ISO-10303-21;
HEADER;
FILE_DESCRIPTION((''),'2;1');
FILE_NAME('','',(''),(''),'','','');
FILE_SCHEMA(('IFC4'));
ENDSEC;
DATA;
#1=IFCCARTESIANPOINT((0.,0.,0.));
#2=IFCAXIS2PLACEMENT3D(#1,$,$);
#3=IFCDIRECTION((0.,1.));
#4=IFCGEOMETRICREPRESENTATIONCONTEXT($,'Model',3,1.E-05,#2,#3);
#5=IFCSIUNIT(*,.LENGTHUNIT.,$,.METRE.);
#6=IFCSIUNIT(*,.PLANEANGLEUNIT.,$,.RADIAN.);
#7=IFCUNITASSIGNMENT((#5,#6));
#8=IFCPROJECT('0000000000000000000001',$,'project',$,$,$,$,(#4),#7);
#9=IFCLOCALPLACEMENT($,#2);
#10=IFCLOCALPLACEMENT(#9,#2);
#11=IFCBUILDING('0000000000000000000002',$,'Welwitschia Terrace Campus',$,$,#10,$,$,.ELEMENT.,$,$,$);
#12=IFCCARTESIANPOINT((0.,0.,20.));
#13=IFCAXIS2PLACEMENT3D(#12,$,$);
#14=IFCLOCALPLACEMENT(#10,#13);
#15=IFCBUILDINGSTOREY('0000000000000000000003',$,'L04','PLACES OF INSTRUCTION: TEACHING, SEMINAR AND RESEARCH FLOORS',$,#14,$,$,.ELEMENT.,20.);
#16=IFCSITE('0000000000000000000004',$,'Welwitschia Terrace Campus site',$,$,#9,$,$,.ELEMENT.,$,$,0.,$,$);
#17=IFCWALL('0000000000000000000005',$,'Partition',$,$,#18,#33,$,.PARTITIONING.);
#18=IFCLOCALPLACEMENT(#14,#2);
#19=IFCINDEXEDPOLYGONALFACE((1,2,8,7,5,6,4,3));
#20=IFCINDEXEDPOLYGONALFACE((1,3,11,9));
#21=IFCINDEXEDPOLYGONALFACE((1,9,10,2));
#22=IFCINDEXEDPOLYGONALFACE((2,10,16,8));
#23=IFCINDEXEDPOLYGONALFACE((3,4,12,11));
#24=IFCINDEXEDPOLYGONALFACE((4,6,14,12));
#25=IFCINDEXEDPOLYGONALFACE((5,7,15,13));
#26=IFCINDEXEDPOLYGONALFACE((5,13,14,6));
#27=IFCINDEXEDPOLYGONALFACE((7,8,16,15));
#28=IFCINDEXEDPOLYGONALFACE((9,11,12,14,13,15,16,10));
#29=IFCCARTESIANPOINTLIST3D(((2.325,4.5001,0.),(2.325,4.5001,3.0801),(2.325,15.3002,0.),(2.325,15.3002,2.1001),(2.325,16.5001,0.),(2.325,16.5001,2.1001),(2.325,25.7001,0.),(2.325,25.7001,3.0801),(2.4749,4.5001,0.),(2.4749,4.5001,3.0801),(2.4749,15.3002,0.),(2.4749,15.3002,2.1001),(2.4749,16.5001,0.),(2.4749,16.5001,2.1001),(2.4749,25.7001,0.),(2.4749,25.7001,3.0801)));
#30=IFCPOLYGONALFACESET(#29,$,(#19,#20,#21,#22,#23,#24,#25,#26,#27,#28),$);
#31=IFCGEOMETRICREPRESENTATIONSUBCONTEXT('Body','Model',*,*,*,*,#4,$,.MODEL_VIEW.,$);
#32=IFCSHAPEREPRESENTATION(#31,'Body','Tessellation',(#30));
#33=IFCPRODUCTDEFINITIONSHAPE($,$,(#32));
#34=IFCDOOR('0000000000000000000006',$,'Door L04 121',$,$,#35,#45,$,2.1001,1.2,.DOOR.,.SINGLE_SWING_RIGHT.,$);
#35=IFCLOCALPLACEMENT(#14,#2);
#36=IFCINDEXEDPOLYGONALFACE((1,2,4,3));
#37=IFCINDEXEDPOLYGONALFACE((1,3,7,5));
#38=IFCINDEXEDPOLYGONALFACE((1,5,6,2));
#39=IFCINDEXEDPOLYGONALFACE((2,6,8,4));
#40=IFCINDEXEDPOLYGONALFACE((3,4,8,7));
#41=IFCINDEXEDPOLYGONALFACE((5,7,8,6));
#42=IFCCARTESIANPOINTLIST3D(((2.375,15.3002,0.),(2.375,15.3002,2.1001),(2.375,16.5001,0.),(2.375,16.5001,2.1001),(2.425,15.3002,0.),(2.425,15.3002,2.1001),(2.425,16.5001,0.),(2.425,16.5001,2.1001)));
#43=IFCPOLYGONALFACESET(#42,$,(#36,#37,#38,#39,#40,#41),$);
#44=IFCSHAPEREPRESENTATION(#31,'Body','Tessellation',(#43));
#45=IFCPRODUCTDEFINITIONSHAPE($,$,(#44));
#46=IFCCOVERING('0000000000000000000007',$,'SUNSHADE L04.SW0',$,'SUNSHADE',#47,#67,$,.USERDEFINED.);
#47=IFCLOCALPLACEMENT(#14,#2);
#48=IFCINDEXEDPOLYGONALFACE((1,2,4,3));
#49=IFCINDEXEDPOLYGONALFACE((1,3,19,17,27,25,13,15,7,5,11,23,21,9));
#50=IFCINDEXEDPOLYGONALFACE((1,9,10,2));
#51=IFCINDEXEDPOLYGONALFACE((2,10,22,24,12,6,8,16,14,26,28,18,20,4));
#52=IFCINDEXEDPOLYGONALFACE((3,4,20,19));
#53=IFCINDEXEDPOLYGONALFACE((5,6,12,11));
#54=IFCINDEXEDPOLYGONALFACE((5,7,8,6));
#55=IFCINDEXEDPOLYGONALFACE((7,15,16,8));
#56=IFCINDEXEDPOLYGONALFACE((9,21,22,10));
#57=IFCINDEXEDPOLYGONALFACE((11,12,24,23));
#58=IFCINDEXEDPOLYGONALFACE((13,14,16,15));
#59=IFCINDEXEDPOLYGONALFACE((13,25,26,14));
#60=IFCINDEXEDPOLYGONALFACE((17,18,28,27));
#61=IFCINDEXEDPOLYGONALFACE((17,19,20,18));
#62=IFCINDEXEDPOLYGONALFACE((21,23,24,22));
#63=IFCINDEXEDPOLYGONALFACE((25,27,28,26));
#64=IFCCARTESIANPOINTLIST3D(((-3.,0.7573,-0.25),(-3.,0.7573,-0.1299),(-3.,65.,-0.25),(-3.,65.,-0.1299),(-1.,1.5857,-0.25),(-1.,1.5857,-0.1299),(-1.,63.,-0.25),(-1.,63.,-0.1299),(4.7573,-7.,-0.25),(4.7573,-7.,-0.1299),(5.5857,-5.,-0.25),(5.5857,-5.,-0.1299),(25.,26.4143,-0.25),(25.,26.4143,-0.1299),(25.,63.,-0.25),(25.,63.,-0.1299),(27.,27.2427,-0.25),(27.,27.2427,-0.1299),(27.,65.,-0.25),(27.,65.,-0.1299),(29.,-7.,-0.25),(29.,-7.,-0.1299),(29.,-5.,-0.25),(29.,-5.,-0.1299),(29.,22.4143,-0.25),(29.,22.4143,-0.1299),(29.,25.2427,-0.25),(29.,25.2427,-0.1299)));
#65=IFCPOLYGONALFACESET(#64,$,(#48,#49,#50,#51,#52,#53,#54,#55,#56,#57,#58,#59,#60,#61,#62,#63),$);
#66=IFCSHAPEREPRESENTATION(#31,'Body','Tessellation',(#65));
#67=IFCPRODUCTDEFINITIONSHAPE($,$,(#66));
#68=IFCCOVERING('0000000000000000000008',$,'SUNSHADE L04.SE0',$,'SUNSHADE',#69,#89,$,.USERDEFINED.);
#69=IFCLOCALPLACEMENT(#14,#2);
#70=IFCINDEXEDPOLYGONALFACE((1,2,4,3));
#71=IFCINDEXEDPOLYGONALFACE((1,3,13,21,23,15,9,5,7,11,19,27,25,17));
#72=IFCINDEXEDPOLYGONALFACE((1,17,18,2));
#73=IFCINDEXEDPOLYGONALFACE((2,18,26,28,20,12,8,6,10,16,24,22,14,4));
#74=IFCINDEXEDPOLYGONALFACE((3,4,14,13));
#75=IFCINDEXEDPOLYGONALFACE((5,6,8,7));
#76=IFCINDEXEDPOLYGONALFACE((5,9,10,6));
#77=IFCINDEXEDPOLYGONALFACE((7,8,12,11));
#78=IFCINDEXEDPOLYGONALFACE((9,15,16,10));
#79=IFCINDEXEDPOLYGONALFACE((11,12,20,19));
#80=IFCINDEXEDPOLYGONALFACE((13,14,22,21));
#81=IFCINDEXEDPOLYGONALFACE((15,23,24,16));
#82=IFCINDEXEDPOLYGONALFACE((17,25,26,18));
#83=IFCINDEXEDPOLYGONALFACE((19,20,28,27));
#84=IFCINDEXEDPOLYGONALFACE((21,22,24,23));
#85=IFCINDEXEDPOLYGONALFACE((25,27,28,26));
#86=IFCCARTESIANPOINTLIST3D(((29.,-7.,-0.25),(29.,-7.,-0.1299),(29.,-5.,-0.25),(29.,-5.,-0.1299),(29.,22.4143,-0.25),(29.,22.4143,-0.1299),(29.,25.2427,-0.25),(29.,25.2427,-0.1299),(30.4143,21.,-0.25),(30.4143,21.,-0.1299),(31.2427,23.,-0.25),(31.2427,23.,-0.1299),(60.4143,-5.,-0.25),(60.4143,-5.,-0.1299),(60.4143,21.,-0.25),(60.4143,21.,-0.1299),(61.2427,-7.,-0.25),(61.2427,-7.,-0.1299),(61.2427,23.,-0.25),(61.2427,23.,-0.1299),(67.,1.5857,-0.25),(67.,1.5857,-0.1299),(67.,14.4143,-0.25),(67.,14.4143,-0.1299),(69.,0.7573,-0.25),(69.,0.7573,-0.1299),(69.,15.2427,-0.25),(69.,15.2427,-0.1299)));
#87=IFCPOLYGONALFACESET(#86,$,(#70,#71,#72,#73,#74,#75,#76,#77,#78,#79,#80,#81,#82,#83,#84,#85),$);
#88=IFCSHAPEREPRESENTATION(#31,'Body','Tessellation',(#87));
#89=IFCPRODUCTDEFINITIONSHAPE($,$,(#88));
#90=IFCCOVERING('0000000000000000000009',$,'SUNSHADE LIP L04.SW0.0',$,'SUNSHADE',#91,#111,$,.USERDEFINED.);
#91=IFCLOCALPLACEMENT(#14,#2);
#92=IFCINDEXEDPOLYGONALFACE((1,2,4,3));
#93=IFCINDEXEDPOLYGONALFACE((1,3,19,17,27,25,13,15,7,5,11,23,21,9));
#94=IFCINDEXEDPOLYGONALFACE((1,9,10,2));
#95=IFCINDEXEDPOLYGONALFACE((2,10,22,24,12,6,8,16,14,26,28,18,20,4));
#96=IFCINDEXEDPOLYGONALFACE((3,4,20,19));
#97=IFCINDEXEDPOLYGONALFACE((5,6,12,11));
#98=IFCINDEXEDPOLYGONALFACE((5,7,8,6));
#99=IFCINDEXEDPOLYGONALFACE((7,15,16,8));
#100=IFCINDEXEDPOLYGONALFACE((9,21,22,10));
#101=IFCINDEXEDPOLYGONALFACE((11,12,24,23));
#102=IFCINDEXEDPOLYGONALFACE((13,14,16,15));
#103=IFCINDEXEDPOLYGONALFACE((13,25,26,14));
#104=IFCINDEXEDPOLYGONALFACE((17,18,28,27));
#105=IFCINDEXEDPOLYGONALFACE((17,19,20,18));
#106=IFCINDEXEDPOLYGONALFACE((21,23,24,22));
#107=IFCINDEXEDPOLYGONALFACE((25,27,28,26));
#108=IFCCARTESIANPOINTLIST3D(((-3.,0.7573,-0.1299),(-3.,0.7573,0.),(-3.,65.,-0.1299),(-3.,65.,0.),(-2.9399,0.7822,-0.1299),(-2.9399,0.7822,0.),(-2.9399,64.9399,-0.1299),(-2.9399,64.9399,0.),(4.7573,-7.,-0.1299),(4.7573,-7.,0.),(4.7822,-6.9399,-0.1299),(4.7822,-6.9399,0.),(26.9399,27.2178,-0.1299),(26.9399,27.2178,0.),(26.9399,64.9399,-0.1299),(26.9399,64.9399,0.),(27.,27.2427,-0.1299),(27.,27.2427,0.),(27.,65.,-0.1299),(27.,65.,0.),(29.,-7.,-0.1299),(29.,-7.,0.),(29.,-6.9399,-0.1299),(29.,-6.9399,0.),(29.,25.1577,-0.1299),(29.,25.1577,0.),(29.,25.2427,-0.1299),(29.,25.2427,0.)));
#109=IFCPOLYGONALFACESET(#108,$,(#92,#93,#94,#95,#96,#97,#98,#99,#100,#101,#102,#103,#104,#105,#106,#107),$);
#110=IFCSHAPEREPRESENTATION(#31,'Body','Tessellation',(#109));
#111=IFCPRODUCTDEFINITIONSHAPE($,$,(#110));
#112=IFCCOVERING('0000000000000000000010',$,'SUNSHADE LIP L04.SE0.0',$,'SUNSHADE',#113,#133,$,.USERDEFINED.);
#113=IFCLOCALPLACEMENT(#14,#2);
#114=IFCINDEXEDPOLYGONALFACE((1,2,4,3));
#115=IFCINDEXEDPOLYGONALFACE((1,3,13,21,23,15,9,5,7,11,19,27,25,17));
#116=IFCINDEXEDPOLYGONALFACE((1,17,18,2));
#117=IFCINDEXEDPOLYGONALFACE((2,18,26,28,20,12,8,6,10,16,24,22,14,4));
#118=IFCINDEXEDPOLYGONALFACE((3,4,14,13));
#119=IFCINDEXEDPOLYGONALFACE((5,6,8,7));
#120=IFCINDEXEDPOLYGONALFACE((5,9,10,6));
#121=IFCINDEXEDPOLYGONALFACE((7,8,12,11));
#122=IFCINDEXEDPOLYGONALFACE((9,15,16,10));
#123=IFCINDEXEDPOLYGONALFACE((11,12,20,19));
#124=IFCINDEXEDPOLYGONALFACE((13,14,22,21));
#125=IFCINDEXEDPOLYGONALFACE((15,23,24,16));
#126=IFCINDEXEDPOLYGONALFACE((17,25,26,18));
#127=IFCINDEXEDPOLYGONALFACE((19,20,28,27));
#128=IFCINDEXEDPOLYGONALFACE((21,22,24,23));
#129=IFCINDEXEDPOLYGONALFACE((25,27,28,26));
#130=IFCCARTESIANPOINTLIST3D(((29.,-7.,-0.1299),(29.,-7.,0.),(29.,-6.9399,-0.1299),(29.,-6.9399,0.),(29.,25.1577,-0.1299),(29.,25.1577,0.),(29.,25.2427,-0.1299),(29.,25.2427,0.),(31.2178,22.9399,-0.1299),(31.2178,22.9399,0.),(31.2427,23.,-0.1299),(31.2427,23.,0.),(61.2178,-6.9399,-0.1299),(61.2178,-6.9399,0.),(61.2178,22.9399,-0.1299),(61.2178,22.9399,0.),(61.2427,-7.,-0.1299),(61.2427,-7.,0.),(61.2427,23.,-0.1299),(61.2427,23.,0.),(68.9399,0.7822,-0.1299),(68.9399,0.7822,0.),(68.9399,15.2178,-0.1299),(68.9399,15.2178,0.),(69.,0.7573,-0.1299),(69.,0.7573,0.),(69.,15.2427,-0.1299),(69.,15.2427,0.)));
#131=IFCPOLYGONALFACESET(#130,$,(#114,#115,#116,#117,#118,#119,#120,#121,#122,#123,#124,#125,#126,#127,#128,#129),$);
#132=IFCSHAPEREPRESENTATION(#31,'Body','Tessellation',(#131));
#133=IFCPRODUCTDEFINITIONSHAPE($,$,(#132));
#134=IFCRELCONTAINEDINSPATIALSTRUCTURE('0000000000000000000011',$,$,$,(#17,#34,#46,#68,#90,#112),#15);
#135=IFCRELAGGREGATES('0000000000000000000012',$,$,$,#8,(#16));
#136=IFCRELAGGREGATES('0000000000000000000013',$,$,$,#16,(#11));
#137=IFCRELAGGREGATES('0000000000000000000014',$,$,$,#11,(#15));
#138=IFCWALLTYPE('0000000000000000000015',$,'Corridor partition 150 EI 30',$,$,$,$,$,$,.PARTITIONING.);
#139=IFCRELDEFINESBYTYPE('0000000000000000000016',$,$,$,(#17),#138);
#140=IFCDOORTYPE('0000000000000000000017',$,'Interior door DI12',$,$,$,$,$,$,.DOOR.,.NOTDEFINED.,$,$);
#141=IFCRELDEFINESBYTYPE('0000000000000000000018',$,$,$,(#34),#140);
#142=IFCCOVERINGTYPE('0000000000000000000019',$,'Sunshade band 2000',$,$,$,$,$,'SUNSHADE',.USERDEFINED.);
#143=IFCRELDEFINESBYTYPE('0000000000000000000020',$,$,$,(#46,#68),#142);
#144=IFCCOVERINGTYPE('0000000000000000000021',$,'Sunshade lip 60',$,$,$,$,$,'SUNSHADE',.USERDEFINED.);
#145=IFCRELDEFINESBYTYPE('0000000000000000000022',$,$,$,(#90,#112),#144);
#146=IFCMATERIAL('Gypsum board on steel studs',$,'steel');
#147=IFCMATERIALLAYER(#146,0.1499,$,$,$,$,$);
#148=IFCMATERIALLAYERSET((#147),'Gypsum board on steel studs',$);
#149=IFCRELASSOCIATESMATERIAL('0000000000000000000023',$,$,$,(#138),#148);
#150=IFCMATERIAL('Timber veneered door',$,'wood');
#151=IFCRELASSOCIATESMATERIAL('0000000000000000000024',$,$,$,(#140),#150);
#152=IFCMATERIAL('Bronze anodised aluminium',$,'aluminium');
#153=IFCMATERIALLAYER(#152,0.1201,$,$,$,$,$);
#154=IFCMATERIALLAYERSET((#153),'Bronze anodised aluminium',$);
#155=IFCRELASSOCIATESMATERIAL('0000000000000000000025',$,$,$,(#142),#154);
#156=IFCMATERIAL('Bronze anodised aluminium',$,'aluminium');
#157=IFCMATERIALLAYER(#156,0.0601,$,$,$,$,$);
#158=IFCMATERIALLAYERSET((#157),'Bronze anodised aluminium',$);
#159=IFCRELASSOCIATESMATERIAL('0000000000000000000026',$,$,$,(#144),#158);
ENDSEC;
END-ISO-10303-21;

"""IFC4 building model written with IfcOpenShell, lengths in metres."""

from ifc_helpers import new_model, si_unit, direction, frame, frame_2d, origin, place, context, subcontext, project, spatial, polyline, rectangle, outline, extrude, material, layer, layer_set, type_object, element, fill, save


model = new_model("IFC4")

# Units and contexts
model_context = context("Model", 3, precision=1e-05, world=origin(), true_north=direction((0.0, 1.0)))
body_context = subcontext(model_context, "Body", "Model", "MODEL_VIEW")
ifc_project = project(units=[si_unit("LENGTHUNIT", "METRE"), si_unit("PLANEANGLEUNIT", "RADIAN")], contexts=[model_context])

# Site, building, storey
site_placement = place(None, origin())
site = spatial("IfcSite", under=ifc_project, at=site_placement, Name="Welwitschia Terrace Campus site", CompositionType="ELEMENT", RefElevation=0.0)
building_placement = place(site_placement, origin())
building = spatial("IfcBuilding", under=site, at=building_placement, Name="Welwitschia Terrace Campus", CompositionType="ELEMENT")
storey_placement = place(building_placement, frame((0.0, 0.0, 20.0)))
storey = spatial("IfcBuildingStorey", under=building, at=storey_placement, Name="L04", Description="PLACES OF INSTRUCTION: TEACHING, SEMINAR AND RESEARCH FLOORS", CompositionType="ELEMENT", Elevation=20.0)

# Shared definitions
ifc_material_1 = material(Name="Gypsum board on steel studs", Category="steel")
ifc_layer_1 = layer(ifc_material_1, 0.1499)
ifc_layer_set_1 = layer_set([ifc_layer_1], Name="Gypsum board on steel studs")
wall_type = type_object("IfcWallType", Name="Corridor partition 150 EI 30", PredefinedType="PARTITIONING", material=ifc_layer_set_1)

# Wall, opening, door
wall_1_placement = place(storey_placement, frame((2.3999, 4.5, 0.0), z_axis=(0.0, 0.0, 1.0), x_axis=(0.0, 1.0, 0.0)))
wall_1 = element("IfcWall", 1, at=wall_1_placement, inside=storey, type_object=wall_type, Name="Partition", PredefinedType="PARTITIONING", context=body_context, shape_type="SweptSolid", body=[
    extrude(rectangle(XDim=21.2, YDim=0.1499, at=frame_2d((10.6001, 0.0))), origin(), (0.0, 0.0, 1.0), 3.0801),
])
opening_placement = place(wall_1_placement, frame((10.8, 0.0, 0.0)))
opening = element("IfcOpeningElement", 2, at=opening_placement, cuts=wall_1, PredefinedType="OPENING", context=body_context, shape_type="SweptSolid", body=[
    extrude(rectangle(XDim=1.2, YDim=2.1001, at=frame_2d((0.6001, 1.05))), frame((0.0, 0.085, 0.0), z_axis=(0.0, -1.0, 0.0), x_axis=(1.0, 0.0, 0.0)), (0.0, 0.0, 1.0), 0.1699),
])
ifc_material_2 = material(Name="Timber veneered door", Category="wood")
door_type = type_object("IfcDoorType", Name="Interior door DI12", OperationType="NOTDEFINED", PredefinedType="DOOR", material=ifc_material_2)
door_placement = place(opening_placement, origin())
door = element("IfcDoor", 3, at=door_placement, inside=storey, type_object=door_type, Name="Door L04 121", OperationType="SINGLE_SWING_RIGHT", OverallHeight=2.1001, OverallWidth=1.2, PredefinedType="DOOR", context=body_context, shape_type="SweptSolid", body=[
    extrude(rectangle(XDim=1.2, YDim=2.1001, at=frame_2d((0.6001, 1.05))), frame((0.0, 0.0249, 0.0), z_axis=(0.0, -1.0, 0.0), x_axis=(1.0, 0.0, 0.0)), (0.0, 0.0, 1.0), 0.05),
])
fill(opening, door)

# Coverings
ifc_material_3 = material(Name="Bronze anodised aluminium", Category="aluminium")
ifc_layer_2 = layer(ifc_material_3, 0.1201)
ifc_layer_set_2 = layer_set([ifc_layer_2], Name="Bronze anodised aluminium")
covering_type_1 = type_object("IfcCoveringType", Name="Sunshade band 2000", ElementType="SUNSHADE", PredefinedType="USERDEFINED", material=ifc_layer_set_2)
covering_1_placement = place(storey_placement, frame((0.0, 0.0, -0.25)))
element("IfcCovering", 4, at=covering_1_placement, inside=storey, type_object=covering_type_1, Name="SUNSHADE L04.SW0", ObjectType="SUNSHADE", PredefinedType="USERDEFINED", context=body_context, shape_type="SweptSolid", body=[
    extrude(outline(polyline([(27.0, 65.0), (27.0, 27.2427), (29.0, 25.2427), (29.0, 22.4143), (25.0, 26.4143), (25.0, 63.0), (-1.0, 63.0), (-1.0, 1.5857), (5.5857, -5.0), (29.0, -5.0), (29.0, -7.0), (4.7573, -7.0), (-3.0, 0.7573), (-3.0, 65.0), (27.0, 65.0)])), origin(), (0.0, 0.0, 1.0), 0.1201),
])
covering_2_placement = place(storey_placement, frame((0.0, 0.0, -0.25)))
element("IfcCovering", 5, at=covering_2_placement, inside=storey, type_object=covering_type_1, Name="SUNSHADE L04.SE0", ObjectType="SUNSHADE", PredefinedType="USERDEFINED", context=body_context, shape_type="SweptSolid", body=[
    extrude(outline(polyline([(31.2427, 23.0), (61.2427, 23.0), (69.0, 15.2427), (69.0, 0.7573), (61.2427, -7.0), (29.0, -7.0), (29.0, -5.0), (60.4143, -5.0), (67.0, 1.5857), (67.0, 14.4143), (60.4143, 21.0), (30.4143, 21.0), (29.0, 22.4143), (29.0, 25.2427), (31.2427, 23.0)])), origin(), (0.0, 0.0, 1.0), 0.1201),
])
ifc_material_4 = material(Name="Bronze anodised aluminium", Category="aluminium")
ifc_layer_3 = layer(ifc_material_4, 0.0601)
ifc_layer_set_3 = layer_set([ifc_layer_3], Name="Bronze anodised aluminium")
covering_type_2 = type_object("IfcCoveringType", Name="Sunshade lip 60", ElementType="SUNSHADE", PredefinedType="USERDEFINED", material=ifc_layer_set_3)
covering_3_placement = place(storey_placement, frame((0.0, 0.0, -0.1299)))
element("IfcCovering", 6, at=covering_3_placement, inside=storey, type_object=covering_type_2, Name="SUNSHADE LIP L04.SW0.0", ObjectType="SUNSHADE", PredefinedType="USERDEFINED", context=body_context, shape_type="SweptSolid", body=[
    extrude(outline(polyline([(27.0, 27.2427), (29.0, 25.2427), (29.0, 25.1577), (26.9399, 27.2178), (26.9399, 64.9399), (-2.9399, 64.9399), (-2.9399, 0.7822), (4.7822, -6.9399), (29.0, -6.9399), (29.0, -7.0), (4.7573, -7.0), (-3.0, 0.7573), (-3.0, 65.0), (27.0, 65.0), (27.0, 27.2427)])), origin(), (0.0, 0.0, 1.0), 0.1299),
])
covering_4_placement = place(storey_placement, frame((0.0, 0.0, -0.1299)))
element("IfcCovering", 7, at=covering_4_placement, inside=storey, type_object=covering_type_2, Name="SUNSHADE LIP L04.SE0.0", ObjectType="SUNSHADE", PredefinedType="USERDEFINED", context=body_context, shape_type="SweptSolid", body=[
    extrude(outline(polyline([(61.2427, 23.0), (69.0, 15.2427), (69.0, 0.7573), (61.2427, -7.0), (29.0, -7.0), (29.0, -6.9399), (61.2178, -6.9399), (68.9399, 0.7822), (68.9399, 15.2178), (61.2178, 22.9399), (31.2178, 22.9399), (29.0, 25.1577), (29.0, 25.2427), (31.2427, 23.0), (61.2427, 23.0)])), origin(), (0.0, 0.0, 1.0), 0.1299),
])

save(model, "model.ifc")
